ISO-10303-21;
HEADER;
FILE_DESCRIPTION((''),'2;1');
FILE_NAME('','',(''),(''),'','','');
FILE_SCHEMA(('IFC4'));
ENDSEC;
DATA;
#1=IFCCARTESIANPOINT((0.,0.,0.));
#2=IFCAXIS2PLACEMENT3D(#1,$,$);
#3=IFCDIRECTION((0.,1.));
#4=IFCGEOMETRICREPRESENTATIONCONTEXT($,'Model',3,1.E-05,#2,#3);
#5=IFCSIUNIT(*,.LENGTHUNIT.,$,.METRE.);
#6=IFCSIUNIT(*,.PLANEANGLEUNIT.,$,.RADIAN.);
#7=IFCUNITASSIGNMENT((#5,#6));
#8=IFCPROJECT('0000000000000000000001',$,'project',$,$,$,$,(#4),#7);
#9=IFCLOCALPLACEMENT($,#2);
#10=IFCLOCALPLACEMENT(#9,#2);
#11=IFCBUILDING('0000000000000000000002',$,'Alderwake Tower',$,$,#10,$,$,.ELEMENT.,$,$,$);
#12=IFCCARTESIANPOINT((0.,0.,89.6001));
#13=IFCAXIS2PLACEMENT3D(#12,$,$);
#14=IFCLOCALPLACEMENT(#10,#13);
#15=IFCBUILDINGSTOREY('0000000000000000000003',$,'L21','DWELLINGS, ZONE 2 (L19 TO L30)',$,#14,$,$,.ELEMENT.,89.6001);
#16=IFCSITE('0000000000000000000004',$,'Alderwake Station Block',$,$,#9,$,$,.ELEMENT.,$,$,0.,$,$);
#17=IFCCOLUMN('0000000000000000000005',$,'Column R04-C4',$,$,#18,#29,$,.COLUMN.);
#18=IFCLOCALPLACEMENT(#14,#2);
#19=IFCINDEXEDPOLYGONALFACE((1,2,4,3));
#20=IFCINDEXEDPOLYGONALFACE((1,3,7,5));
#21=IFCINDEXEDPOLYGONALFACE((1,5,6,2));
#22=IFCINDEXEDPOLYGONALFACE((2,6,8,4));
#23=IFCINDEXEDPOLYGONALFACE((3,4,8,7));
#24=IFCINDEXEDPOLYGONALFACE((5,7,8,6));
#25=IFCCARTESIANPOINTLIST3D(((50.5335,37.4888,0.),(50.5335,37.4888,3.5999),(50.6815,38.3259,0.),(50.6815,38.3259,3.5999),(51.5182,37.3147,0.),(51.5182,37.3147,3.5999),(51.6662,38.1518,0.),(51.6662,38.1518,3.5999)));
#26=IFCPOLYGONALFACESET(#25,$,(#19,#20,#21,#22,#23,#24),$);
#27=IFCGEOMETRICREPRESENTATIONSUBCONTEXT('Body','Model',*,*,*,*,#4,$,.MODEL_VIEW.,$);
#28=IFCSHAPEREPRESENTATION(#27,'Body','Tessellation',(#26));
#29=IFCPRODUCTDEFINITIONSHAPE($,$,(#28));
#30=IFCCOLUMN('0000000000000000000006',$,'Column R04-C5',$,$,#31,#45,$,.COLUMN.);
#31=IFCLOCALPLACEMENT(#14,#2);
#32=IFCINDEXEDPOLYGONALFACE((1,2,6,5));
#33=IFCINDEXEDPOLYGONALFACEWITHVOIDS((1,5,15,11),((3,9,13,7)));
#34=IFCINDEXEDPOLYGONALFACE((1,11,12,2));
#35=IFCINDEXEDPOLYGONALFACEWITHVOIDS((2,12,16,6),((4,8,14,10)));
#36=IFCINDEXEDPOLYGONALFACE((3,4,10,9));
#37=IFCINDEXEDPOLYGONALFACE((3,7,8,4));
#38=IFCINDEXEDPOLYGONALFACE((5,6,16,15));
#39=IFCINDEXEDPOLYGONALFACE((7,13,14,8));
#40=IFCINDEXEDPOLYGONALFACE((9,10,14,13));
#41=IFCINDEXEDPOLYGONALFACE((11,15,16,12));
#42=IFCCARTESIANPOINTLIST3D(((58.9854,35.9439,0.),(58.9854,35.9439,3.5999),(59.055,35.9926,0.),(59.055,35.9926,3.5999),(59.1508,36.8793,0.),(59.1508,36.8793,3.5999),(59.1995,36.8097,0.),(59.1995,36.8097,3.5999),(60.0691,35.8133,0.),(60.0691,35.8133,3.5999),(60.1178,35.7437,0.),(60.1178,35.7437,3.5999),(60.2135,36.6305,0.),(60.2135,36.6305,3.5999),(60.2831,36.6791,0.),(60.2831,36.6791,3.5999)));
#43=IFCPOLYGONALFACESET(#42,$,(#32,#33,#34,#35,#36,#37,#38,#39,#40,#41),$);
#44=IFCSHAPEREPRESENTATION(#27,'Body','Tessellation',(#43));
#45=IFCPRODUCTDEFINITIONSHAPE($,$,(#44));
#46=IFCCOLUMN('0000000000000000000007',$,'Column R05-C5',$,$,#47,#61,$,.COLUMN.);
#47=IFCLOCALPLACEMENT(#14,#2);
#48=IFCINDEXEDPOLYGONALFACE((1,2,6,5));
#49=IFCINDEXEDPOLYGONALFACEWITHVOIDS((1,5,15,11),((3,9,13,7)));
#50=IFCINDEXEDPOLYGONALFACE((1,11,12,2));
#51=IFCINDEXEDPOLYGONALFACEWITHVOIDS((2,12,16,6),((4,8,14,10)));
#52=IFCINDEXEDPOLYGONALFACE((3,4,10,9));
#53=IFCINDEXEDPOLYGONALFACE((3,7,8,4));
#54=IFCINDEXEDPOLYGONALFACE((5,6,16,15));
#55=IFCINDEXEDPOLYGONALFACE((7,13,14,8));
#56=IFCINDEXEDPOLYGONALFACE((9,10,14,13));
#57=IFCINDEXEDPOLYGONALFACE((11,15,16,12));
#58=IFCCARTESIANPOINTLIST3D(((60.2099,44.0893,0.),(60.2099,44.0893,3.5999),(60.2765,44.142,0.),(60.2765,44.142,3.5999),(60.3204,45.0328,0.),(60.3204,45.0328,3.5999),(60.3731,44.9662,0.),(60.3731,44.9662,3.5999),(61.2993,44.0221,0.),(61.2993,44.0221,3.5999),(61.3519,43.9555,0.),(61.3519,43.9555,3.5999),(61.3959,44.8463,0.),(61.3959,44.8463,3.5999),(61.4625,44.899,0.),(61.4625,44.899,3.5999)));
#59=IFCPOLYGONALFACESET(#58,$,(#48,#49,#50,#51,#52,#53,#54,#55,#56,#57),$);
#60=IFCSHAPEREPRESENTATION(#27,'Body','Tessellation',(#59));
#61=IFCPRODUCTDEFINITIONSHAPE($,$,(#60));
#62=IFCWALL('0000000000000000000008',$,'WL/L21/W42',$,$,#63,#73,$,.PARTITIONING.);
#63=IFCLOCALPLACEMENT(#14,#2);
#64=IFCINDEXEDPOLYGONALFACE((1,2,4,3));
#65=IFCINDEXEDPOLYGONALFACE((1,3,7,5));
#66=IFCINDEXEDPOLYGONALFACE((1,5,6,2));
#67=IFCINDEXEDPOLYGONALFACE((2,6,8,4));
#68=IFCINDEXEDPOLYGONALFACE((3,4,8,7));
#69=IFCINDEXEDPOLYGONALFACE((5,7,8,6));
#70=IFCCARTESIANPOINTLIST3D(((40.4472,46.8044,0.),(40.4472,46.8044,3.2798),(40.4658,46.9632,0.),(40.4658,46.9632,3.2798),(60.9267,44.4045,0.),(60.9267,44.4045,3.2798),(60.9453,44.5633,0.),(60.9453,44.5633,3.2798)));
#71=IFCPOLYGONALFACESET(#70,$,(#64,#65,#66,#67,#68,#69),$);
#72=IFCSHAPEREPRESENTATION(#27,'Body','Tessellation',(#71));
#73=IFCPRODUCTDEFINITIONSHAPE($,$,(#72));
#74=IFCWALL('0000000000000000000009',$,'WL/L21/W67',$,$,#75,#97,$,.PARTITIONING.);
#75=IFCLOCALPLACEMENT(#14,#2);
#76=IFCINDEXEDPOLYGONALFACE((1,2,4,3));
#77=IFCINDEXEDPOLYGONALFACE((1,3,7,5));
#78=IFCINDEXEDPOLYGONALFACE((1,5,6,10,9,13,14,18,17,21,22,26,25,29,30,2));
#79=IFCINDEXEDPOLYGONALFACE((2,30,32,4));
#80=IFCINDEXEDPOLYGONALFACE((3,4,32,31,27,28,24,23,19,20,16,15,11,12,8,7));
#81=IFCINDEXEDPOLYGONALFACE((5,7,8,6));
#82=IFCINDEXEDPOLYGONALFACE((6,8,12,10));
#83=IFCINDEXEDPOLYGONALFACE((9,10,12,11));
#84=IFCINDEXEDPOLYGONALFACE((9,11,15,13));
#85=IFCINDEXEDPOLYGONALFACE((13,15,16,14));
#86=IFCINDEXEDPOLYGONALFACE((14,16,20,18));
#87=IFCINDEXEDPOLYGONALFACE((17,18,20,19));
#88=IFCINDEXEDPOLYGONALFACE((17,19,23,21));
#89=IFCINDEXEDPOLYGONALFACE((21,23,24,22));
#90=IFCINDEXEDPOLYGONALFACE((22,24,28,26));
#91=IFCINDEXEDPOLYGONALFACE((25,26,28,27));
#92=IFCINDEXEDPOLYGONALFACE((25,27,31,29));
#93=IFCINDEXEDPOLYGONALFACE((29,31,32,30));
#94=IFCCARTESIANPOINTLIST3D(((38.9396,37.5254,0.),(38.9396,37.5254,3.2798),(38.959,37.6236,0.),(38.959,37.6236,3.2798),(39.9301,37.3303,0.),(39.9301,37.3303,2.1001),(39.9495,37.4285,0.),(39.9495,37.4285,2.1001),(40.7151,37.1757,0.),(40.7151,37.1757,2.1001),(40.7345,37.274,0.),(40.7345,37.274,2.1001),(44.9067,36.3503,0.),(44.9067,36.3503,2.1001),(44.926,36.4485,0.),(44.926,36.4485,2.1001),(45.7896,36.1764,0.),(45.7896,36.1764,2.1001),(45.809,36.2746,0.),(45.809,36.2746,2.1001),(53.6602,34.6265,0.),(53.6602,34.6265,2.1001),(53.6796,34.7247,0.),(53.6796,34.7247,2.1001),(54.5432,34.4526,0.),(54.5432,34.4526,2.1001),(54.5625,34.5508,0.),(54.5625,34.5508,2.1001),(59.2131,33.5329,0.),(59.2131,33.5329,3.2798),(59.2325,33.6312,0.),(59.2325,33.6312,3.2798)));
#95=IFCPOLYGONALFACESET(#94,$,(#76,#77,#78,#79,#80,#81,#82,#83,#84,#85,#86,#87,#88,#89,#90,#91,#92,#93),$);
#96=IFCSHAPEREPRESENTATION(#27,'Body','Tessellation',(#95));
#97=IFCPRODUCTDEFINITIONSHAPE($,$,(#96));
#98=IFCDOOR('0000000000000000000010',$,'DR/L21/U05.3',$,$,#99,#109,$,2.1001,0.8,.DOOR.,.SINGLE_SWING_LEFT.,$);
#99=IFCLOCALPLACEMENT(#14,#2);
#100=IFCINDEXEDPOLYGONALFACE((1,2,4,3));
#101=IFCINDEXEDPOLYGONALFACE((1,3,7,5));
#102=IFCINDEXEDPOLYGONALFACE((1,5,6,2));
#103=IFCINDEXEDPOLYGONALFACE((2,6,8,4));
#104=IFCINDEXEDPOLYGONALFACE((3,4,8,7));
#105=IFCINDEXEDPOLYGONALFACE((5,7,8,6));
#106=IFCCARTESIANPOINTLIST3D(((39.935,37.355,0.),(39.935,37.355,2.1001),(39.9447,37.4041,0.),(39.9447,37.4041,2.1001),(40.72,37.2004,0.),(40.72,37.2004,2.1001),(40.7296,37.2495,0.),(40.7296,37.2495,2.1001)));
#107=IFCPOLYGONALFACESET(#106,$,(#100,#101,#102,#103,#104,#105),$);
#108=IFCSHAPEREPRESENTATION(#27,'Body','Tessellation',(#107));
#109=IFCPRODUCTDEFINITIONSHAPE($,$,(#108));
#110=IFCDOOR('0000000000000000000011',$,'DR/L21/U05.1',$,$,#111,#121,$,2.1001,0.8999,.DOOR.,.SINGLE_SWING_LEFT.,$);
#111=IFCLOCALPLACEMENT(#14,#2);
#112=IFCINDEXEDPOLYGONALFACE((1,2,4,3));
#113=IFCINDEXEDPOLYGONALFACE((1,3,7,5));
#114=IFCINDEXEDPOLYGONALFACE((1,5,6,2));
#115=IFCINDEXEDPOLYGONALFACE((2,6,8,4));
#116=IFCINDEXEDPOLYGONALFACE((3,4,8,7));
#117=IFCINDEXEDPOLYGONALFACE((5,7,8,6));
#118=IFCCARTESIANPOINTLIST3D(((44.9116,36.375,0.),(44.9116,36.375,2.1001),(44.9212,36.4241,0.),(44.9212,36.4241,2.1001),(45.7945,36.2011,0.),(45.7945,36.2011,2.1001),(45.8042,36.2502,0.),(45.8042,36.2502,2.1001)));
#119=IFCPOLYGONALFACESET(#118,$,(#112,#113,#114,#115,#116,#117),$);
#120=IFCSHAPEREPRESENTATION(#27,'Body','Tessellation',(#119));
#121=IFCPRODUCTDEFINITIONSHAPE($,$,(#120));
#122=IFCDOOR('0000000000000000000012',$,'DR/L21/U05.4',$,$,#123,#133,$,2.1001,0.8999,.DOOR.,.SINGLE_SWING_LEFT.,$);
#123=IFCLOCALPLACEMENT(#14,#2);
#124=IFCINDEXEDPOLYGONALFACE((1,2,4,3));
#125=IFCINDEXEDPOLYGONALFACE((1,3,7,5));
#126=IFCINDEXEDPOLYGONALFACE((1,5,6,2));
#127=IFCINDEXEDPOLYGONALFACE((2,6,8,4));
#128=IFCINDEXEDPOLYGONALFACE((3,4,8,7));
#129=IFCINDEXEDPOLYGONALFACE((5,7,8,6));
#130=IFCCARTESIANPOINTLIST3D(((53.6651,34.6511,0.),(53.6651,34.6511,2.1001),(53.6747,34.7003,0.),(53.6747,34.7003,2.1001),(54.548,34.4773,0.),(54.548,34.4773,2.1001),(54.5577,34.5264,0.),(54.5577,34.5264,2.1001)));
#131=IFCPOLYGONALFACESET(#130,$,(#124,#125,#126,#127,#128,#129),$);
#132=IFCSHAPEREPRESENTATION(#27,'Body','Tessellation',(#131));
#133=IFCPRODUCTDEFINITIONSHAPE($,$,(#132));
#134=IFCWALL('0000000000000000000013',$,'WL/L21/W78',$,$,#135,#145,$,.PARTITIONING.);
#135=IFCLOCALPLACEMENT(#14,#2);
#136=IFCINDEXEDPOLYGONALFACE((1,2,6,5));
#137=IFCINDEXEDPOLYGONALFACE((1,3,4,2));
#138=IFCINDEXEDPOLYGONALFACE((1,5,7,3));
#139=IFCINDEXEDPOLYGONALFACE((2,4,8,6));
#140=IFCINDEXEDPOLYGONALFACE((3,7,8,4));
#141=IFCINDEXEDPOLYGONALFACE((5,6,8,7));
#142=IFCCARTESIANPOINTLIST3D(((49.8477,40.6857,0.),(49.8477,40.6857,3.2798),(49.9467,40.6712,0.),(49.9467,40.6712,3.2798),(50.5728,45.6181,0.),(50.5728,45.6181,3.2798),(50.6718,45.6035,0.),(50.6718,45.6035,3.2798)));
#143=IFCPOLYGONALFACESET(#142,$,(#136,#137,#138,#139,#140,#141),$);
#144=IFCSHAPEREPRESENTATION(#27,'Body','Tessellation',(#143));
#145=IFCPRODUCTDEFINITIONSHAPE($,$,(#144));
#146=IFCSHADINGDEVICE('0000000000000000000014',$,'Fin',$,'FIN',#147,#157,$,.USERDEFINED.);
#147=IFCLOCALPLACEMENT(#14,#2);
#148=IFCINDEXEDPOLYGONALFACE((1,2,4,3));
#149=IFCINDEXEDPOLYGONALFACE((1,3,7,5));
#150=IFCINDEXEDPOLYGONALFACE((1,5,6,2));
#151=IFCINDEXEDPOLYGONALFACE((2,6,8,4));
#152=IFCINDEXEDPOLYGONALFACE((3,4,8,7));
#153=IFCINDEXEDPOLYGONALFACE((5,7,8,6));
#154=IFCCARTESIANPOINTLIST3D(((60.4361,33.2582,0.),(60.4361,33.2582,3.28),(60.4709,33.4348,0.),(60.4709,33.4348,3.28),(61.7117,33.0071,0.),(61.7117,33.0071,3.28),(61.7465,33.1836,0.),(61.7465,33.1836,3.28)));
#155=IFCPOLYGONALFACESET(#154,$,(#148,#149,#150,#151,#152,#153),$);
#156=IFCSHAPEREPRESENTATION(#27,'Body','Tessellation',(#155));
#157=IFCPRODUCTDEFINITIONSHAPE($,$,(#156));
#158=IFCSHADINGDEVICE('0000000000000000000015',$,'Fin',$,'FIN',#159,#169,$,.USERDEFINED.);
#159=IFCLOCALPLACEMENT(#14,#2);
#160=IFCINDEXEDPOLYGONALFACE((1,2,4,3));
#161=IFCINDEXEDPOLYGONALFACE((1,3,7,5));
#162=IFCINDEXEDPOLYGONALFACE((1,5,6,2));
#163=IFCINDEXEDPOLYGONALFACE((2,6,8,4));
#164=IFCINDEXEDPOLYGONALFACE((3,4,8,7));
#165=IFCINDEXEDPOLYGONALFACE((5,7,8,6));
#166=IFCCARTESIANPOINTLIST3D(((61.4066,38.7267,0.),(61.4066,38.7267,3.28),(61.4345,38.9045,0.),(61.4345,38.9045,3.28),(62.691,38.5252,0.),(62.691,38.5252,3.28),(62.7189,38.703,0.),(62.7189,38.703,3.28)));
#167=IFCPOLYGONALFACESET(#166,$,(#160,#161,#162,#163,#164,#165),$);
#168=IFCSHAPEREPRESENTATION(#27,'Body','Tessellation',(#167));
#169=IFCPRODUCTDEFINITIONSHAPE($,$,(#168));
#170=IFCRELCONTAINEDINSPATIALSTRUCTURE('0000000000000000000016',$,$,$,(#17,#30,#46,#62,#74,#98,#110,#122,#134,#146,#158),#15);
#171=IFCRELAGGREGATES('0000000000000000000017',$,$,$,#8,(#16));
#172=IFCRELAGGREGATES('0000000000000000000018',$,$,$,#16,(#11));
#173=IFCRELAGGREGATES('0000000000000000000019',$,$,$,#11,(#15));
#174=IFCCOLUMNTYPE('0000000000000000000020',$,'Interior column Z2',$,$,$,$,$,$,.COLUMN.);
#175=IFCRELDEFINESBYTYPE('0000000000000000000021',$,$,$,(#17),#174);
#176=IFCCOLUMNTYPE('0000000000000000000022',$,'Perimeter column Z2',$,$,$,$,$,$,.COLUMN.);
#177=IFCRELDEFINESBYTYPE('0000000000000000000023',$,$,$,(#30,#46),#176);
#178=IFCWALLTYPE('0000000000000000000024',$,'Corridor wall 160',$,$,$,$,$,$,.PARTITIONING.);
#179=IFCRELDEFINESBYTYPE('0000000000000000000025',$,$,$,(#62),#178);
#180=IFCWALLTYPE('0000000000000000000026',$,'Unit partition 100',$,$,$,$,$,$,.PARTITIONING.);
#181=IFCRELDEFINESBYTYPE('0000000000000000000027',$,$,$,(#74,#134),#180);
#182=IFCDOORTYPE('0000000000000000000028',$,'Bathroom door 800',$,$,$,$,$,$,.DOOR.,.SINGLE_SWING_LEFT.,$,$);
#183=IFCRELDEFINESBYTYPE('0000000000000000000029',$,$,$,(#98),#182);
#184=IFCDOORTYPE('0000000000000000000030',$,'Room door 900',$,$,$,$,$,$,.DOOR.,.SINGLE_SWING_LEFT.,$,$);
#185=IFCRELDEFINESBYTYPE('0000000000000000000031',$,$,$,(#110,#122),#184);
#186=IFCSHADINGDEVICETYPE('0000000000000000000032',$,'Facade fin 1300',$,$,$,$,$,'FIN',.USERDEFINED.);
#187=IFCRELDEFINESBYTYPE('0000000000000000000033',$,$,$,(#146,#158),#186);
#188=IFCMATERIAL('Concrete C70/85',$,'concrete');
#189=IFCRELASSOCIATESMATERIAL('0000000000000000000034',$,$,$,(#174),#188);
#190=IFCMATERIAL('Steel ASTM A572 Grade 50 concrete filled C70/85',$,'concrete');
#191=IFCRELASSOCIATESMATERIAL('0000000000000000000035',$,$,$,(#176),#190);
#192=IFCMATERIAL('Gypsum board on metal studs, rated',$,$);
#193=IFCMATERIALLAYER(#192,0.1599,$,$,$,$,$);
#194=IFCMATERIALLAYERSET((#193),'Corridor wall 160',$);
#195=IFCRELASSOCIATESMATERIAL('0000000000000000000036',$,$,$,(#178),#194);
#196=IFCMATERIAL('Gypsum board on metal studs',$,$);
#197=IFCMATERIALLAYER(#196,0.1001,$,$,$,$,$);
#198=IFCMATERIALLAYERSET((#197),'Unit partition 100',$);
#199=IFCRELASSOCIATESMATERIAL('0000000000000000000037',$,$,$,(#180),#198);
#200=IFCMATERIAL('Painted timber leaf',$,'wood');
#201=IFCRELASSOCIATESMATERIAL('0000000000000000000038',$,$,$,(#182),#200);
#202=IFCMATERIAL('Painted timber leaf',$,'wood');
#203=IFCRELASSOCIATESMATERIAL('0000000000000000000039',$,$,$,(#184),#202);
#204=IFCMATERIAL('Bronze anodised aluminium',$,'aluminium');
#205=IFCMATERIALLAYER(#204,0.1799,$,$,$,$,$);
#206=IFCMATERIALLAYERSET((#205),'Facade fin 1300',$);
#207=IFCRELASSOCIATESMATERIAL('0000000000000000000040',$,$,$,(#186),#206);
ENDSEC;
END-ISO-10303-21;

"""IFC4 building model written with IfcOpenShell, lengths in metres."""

from ifc_helpers import new_model, si_unit, direction, frame, frame_2d, origin, origin_2d, place, context, subcontext, project, spatial, rectangle, hollow_rectangle, extrude, material, layer, layer_set, material_profile, profile_set, type_object, element, fill, save


model = new_model("IFC4")

# Units and contexts
model_context = context("Model", 3, precision=1e-05, world=origin(), true_north=direction((0.0, 1.0)))
body_context = subcontext(model_context, "Body", "Model", "MODEL_VIEW")
ifc_project = project(units=[si_unit("LENGTHUNIT", "METRE"), si_unit("PLANEANGLEUNIT", "RADIAN")], contexts=[model_context])

# Site, building, storey
site_placement = place(None, origin())
site = spatial("IfcSite", under=ifc_project, at=site_placement, Name="Alderwake Station Block", CompositionType="ELEMENT", RefElevation=0.0)
building_placement = place(site_placement, origin())
building = spatial("IfcBuilding", under=site, at=building_placement, Name="Alderwake Tower", CompositionType="ELEMENT")
storey_placement = place(building_placement, frame((0.0, 0.0, 89.6001)))
storey = spatial("IfcBuildingStorey", under=building, at=storey_placement, Name="L21", Description="DWELLINGS, ZONE 2 (L19 TO L30)", CompositionType="ELEMENT", Elevation=89.6001)

# Columns
ifc_material_1 = material(Name="Concrete C70/85", Category="concrete")
ifc_material_profile_1 = material_profile(ifc_material_1, rectangle(XDim=0.8501, YDim=1.0, at=origin_2d()), Name="RC 1000X850")
ifc_profile_set_1 = profile_set([ifc_material_profile_1], Name="Concrete C70/85")
column_type_1 = type_object("IfcColumnType", Name="Interior column Z2", PredefinedType="COLUMN", material=ifc_profile_set_1)
column_placement = place(storey_placement, frame((51.0999, 37.8203, 0.0), z_axis=(0.0, 0.0, 1.0), x_axis=(0.174109, 0.984726, 0.0)))
element("IfcColumn", 1, at=column_placement, inside=storey, type_object=column_type_1, Name="Column R04-C4", PredefinedType="COLUMN", context=body_context, shape_type="SweptSolid", body=[
    extrude(rectangle(XDim=0.8501, YDim=1.0, at=origin_2d()), origin(), (0.0, 0.0, 1.0), 3.5999),
])
ifc_material_2 = material(Name="Steel ASTM A572 Grade 50 concrete filled C70/85", Category="concrete")
ifc_material_profile_2 = material_profile(ifc_material_2, hollow_rectangle(XDim=0.95, YDim=1.1499, WallThickness=0.0601, at=origin_2d()), Name="BOX 1150X950X60")
ifc_profile_set_2 = profile_set([ifc_material_profile_2], Name="Steel ASTM A572 Grade 50 concrete filled C70/85")
column_type_2 = type_object("IfcColumnType", Name="Perimeter column Z2", PredefinedType="COLUMN", material=ifc_profile_set_2)
for number, where, z_axis, x_axis, name in (
    (2, (59.6343, 36.3115, 0.0), (0.0, 0.0, 1.0), (0.174107, 0.984727, 0.0), "Column R04-C5"),
    (3, (60.8362, 44.4941, 0.0), (0.0, 0.0, 1.0), (0.116402, 0.993202, 0.0), "Column R05-C5"),
):
    element("IfcColumn", number, at=place(storey_placement, frame(where, z_axis=z_axis, x_axis=x_axis)), inside=storey, type_object=column_type_2, Name=name, PredefinedType="COLUMN", context=body_context, shape_type="SweptSolid", body=[
        extrude(hollow_rectangle(XDim=0.95, YDim=1.1499, WallThickness=0.0601, at=origin_2d()), origin(), (0.0, 0.0, 1.0), 3.5999),
    ])

# Wall
ifc_material_3 = material(Name="Gypsum board on metal studs, rated")
ifc_layer_1 = layer(ifc_material_3, 0.1599)
ifc_layer_set_1 = layer_set([ifc_layer_1], Name="Corridor wall 160")
wall_type_1 = type_object("IfcWallType", Name="Corridor wall 160", PredefinedType="PARTITIONING", material=ifc_layer_set_1)
wall_1_placement = place(storey_placement, frame((60.936, 44.4839, 0.0), z_axis=(0.0, 0.0, 1.0), x_axis=(-0.993204, 0.116389, 0.0)))
element("IfcWall", 4, at=wall_1_placement, inside=storey, type_object=wall_type_1, Name="WL/L21/W42", PredefinedType="PARTITIONING", context=body_context, shape_type="SweptSolid", body=[
    extrude(rectangle(XDim=20.6196, YDim=0.1599, at=frame_2d((10.3098, 0.0))), origin(), (0.0, 0.0, 1.0), 3.2798),
])

# Wall, openings, doors
ifc_material_4 = material(Name="Gypsum board on metal studs")
ifc_layer_2 = layer(ifc_material_4, 0.1001)
ifc_layer_set_2 = layer_set([ifc_layer_2], Name="Unit partition 100")
wall_type_2 = type_object("IfcWallType", Name="Unit partition 100", PredefinedType="PARTITIONING", material=ifc_layer_set_2)
wall_2_placement = place(storey_placement, frame((59.2229, 33.582, 0.0), z_axis=(0.0, 0.0, 1.0), x_axis=(-0.981156, 0.193218, 0.0)))
wall_2 = element("IfcWall", 5, at=wall_2_placement, inside=storey, type_object=wall_type_2, Name="WL/L21/W67", PredefinedType="PARTITIONING", context=body_context, shape_type="SweptSolid", body=[
    extrude(rectangle(XDim=20.6628, YDim=0.1001, at=frame_2d((10.3315, 0.0))), origin(), (0.0, 0.0, 1.0), 3.2798),
])
opening_1_placement = place(wall_2_placement, frame((13.6814, 0.0, 0.0)))
opening_1 = element("IfcOpeningElement", 6, at=opening_1_placement, cuts=wall_2, PredefinedType="OPENING", context=body_context, shape_type="SweptSolid", body=[
    extrude(rectangle(XDim=0.8999, YDim=2.1001, at=frame_2d((0.45, 1.05))), frame((0.0, 0.0601, 0.0), z_axis=(0.0, -1.0, 0.0), x_axis=(1.0, 0.0, 0.0)), (0.0, 0.0, 1.0), 0.1201),
])
opening_2_placement = place(wall_2_placement, frame((18.8535, 0.0, 0.0)))
opening_2 = element("IfcOpeningElement", 7, at=opening_2_placement, cuts=wall_2, PredefinedType="OPENING", context=body_context, shape_type="SweptSolid", body=[
    extrude(rectangle(XDim=0.8, YDim=2.1001, at=frame_2d((0.3999, 1.05))), frame((0.0, 0.0601, 0.0), z_axis=(0.0, -1.0, 0.0), x_axis=(1.0, 0.0, 0.0)), (0.0, 0.0, 1.0), 0.1201),
])
opening_3_placement = place(wall_2_placement, frame((4.7598, 0.0, 0.0)))
opening_3 = element("IfcOpeningElement", 8, at=opening_3_placement, cuts=wall_2, PredefinedType="OPENING", context=body_context, shape_type="SweptSolid", body=[
    extrude(rectangle(XDim=0.8999, YDim=2.1001, at=frame_2d((0.45, 1.05))), frame((0.0, 0.0601, 0.0), z_axis=(0.0, -1.0, 0.0), x_axis=(1.0, 0.0, 0.0)), (0.0, 0.0, 1.0), 0.1201),
])
ifc_material_5 = material(Name="Painted timber leaf", Category="wood")
door_type_1 = type_object("IfcDoorType", Name="Bathroom door 800", OperationType="SINGLE_SWING_LEFT", PredefinedType="DOOR", material=ifc_material_5)
door_1_placement = place(opening_2_placement, origin())
door_1 = element("IfcDoor", 9, at=door_1_placement, inside=storey, type_object=door_type_1, Name="DR/L21/U05.3", OperationType="SINGLE_SWING_LEFT", OverallHeight=2.1001, OverallWidth=0.8, PredefinedType="DOOR", context=body_context, shape_type="SweptSolid", body=[
    extrude(rectangle(XDim=0.8, YDim=2.1001, at=frame_2d((0.3999, 1.05))), frame((0.0, 0.0249, 0.0), z_axis=(0.0, -1.0, 0.0), x_axis=(1.0, 0.0, 0.0)), (0.0, 0.0, 1.0), 0.05),
])
fill(opening_2, door_1)
ifc_material_6 = material(Name="Painted timber leaf", Category="wood")
door_type_2 = type_object("IfcDoorType", Name="Room door 900", OperationType="SINGLE_SWING_LEFT", PredefinedType="DOOR", material=ifc_material_6)
door_2_placement = place(opening_1_placement, origin())
door_2 = element("IfcDoor", 10, at=door_2_placement, inside=storey, type_object=door_type_2, Name="DR/L21/U05.1", OperationType="SINGLE_SWING_LEFT", OverallHeight=2.1001, OverallWidth=0.8999, PredefinedType="DOOR", context=body_context, shape_type="SweptSolid", body=[
    extrude(rectangle(XDim=0.8999, YDim=2.1001, at=frame_2d((0.45, 1.05))), frame((0.0, 0.0249, 0.0), z_axis=(0.0, -1.0, 0.0), x_axis=(1.0, 0.0, 0.0)), (0.0, 0.0, 1.0), 0.05),
])
fill(opening_1, door_2)
door_3_placement = place(opening_3_placement, origin())
door_3 = element("IfcDoor", 11, at=door_3_placement, inside=storey, type_object=door_type_2, Name="DR/L21/U05.4", OperationType="SINGLE_SWING_LEFT", OverallHeight=2.1001, OverallWidth=0.8999, PredefinedType="DOOR", context=body_context, shape_type="SweptSolid", body=[
    extrude(rectangle(XDim=0.8999, YDim=2.1001, at=frame_2d((0.45, 1.05))), frame((0.0, 0.0249, 0.0), z_axis=(0.0, -1.0, 0.0), x_axis=(1.0, 0.0, 0.0)), (0.0, 0.0, 1.0), 0.05),
])
fill(opening_3, door_3)

# Wall
wall_3_placement = place(storey_placement, frame((49.8972, 40.6785, 0.0), z_axis=(0.0, 0.0, 1.0), x_axis=(0.145445, 0.989366, 0.0)))
element("IfcWall", 12, at=wall_3_placement, inside=storey, type_object=wall_type_2, Name="WL/L21/W78", PredefinedType="PARTITIONING", context=body_context, shape_type="SweptSolid", body=[
    extrude(rectangle(XDim=4.9854, YDim=0.1001, at=frame_2d((2.4927, 0.0))), origin(), (0.0, 0.0, 1.0), 3.2798),
])

# Shading devices
ifc_material_7 = material(Name="Bronze anodised aluminium", Category="aluminium")
ifc_layer_3 = layer(ifc_material_7, 0.1799)
ifc_layer_set_3 = layer_set([ifc_layer_3], Name="Facade fin 1300")
shading_device_type_1 = type_object("IfcShadingDeviceType", Name="Facade fin 1300", ElementType="FIN", PredefinedType="USERDEFINED", material=ifc_layer_set_3)
for number, where, z_axis, x_axis, name in (
    (13, (61.0913, 33.2209, 0.0), (0.0, 0.0, 1.0), (0.981164, -0.193178, 0.0), "Fin"),
    (14, (62.0627, 38.7148, 0.0), (0.0, 0.0, 1.0), (0.987919, -0.154972, 0.0), "Fin"),
):
    element("IfcShadingDevice", number, at=place(storey_placement, frame(where, z_axis=z_axis, x_axis=x_axis)), inside=storey, type_object=shading_device_type_1, Name=name, ObjectType="FIN", PredefinedType="USERDEFINED", context=body_context, shape_type="SweptSolid", body=[
        extrude(rectangle(XDim=1.3, YDim=0.1799, at=origin_2d()), origin(), (0.0, 0.0, 1.0), 3.28),
    ])

save(model, "model.ifc")
